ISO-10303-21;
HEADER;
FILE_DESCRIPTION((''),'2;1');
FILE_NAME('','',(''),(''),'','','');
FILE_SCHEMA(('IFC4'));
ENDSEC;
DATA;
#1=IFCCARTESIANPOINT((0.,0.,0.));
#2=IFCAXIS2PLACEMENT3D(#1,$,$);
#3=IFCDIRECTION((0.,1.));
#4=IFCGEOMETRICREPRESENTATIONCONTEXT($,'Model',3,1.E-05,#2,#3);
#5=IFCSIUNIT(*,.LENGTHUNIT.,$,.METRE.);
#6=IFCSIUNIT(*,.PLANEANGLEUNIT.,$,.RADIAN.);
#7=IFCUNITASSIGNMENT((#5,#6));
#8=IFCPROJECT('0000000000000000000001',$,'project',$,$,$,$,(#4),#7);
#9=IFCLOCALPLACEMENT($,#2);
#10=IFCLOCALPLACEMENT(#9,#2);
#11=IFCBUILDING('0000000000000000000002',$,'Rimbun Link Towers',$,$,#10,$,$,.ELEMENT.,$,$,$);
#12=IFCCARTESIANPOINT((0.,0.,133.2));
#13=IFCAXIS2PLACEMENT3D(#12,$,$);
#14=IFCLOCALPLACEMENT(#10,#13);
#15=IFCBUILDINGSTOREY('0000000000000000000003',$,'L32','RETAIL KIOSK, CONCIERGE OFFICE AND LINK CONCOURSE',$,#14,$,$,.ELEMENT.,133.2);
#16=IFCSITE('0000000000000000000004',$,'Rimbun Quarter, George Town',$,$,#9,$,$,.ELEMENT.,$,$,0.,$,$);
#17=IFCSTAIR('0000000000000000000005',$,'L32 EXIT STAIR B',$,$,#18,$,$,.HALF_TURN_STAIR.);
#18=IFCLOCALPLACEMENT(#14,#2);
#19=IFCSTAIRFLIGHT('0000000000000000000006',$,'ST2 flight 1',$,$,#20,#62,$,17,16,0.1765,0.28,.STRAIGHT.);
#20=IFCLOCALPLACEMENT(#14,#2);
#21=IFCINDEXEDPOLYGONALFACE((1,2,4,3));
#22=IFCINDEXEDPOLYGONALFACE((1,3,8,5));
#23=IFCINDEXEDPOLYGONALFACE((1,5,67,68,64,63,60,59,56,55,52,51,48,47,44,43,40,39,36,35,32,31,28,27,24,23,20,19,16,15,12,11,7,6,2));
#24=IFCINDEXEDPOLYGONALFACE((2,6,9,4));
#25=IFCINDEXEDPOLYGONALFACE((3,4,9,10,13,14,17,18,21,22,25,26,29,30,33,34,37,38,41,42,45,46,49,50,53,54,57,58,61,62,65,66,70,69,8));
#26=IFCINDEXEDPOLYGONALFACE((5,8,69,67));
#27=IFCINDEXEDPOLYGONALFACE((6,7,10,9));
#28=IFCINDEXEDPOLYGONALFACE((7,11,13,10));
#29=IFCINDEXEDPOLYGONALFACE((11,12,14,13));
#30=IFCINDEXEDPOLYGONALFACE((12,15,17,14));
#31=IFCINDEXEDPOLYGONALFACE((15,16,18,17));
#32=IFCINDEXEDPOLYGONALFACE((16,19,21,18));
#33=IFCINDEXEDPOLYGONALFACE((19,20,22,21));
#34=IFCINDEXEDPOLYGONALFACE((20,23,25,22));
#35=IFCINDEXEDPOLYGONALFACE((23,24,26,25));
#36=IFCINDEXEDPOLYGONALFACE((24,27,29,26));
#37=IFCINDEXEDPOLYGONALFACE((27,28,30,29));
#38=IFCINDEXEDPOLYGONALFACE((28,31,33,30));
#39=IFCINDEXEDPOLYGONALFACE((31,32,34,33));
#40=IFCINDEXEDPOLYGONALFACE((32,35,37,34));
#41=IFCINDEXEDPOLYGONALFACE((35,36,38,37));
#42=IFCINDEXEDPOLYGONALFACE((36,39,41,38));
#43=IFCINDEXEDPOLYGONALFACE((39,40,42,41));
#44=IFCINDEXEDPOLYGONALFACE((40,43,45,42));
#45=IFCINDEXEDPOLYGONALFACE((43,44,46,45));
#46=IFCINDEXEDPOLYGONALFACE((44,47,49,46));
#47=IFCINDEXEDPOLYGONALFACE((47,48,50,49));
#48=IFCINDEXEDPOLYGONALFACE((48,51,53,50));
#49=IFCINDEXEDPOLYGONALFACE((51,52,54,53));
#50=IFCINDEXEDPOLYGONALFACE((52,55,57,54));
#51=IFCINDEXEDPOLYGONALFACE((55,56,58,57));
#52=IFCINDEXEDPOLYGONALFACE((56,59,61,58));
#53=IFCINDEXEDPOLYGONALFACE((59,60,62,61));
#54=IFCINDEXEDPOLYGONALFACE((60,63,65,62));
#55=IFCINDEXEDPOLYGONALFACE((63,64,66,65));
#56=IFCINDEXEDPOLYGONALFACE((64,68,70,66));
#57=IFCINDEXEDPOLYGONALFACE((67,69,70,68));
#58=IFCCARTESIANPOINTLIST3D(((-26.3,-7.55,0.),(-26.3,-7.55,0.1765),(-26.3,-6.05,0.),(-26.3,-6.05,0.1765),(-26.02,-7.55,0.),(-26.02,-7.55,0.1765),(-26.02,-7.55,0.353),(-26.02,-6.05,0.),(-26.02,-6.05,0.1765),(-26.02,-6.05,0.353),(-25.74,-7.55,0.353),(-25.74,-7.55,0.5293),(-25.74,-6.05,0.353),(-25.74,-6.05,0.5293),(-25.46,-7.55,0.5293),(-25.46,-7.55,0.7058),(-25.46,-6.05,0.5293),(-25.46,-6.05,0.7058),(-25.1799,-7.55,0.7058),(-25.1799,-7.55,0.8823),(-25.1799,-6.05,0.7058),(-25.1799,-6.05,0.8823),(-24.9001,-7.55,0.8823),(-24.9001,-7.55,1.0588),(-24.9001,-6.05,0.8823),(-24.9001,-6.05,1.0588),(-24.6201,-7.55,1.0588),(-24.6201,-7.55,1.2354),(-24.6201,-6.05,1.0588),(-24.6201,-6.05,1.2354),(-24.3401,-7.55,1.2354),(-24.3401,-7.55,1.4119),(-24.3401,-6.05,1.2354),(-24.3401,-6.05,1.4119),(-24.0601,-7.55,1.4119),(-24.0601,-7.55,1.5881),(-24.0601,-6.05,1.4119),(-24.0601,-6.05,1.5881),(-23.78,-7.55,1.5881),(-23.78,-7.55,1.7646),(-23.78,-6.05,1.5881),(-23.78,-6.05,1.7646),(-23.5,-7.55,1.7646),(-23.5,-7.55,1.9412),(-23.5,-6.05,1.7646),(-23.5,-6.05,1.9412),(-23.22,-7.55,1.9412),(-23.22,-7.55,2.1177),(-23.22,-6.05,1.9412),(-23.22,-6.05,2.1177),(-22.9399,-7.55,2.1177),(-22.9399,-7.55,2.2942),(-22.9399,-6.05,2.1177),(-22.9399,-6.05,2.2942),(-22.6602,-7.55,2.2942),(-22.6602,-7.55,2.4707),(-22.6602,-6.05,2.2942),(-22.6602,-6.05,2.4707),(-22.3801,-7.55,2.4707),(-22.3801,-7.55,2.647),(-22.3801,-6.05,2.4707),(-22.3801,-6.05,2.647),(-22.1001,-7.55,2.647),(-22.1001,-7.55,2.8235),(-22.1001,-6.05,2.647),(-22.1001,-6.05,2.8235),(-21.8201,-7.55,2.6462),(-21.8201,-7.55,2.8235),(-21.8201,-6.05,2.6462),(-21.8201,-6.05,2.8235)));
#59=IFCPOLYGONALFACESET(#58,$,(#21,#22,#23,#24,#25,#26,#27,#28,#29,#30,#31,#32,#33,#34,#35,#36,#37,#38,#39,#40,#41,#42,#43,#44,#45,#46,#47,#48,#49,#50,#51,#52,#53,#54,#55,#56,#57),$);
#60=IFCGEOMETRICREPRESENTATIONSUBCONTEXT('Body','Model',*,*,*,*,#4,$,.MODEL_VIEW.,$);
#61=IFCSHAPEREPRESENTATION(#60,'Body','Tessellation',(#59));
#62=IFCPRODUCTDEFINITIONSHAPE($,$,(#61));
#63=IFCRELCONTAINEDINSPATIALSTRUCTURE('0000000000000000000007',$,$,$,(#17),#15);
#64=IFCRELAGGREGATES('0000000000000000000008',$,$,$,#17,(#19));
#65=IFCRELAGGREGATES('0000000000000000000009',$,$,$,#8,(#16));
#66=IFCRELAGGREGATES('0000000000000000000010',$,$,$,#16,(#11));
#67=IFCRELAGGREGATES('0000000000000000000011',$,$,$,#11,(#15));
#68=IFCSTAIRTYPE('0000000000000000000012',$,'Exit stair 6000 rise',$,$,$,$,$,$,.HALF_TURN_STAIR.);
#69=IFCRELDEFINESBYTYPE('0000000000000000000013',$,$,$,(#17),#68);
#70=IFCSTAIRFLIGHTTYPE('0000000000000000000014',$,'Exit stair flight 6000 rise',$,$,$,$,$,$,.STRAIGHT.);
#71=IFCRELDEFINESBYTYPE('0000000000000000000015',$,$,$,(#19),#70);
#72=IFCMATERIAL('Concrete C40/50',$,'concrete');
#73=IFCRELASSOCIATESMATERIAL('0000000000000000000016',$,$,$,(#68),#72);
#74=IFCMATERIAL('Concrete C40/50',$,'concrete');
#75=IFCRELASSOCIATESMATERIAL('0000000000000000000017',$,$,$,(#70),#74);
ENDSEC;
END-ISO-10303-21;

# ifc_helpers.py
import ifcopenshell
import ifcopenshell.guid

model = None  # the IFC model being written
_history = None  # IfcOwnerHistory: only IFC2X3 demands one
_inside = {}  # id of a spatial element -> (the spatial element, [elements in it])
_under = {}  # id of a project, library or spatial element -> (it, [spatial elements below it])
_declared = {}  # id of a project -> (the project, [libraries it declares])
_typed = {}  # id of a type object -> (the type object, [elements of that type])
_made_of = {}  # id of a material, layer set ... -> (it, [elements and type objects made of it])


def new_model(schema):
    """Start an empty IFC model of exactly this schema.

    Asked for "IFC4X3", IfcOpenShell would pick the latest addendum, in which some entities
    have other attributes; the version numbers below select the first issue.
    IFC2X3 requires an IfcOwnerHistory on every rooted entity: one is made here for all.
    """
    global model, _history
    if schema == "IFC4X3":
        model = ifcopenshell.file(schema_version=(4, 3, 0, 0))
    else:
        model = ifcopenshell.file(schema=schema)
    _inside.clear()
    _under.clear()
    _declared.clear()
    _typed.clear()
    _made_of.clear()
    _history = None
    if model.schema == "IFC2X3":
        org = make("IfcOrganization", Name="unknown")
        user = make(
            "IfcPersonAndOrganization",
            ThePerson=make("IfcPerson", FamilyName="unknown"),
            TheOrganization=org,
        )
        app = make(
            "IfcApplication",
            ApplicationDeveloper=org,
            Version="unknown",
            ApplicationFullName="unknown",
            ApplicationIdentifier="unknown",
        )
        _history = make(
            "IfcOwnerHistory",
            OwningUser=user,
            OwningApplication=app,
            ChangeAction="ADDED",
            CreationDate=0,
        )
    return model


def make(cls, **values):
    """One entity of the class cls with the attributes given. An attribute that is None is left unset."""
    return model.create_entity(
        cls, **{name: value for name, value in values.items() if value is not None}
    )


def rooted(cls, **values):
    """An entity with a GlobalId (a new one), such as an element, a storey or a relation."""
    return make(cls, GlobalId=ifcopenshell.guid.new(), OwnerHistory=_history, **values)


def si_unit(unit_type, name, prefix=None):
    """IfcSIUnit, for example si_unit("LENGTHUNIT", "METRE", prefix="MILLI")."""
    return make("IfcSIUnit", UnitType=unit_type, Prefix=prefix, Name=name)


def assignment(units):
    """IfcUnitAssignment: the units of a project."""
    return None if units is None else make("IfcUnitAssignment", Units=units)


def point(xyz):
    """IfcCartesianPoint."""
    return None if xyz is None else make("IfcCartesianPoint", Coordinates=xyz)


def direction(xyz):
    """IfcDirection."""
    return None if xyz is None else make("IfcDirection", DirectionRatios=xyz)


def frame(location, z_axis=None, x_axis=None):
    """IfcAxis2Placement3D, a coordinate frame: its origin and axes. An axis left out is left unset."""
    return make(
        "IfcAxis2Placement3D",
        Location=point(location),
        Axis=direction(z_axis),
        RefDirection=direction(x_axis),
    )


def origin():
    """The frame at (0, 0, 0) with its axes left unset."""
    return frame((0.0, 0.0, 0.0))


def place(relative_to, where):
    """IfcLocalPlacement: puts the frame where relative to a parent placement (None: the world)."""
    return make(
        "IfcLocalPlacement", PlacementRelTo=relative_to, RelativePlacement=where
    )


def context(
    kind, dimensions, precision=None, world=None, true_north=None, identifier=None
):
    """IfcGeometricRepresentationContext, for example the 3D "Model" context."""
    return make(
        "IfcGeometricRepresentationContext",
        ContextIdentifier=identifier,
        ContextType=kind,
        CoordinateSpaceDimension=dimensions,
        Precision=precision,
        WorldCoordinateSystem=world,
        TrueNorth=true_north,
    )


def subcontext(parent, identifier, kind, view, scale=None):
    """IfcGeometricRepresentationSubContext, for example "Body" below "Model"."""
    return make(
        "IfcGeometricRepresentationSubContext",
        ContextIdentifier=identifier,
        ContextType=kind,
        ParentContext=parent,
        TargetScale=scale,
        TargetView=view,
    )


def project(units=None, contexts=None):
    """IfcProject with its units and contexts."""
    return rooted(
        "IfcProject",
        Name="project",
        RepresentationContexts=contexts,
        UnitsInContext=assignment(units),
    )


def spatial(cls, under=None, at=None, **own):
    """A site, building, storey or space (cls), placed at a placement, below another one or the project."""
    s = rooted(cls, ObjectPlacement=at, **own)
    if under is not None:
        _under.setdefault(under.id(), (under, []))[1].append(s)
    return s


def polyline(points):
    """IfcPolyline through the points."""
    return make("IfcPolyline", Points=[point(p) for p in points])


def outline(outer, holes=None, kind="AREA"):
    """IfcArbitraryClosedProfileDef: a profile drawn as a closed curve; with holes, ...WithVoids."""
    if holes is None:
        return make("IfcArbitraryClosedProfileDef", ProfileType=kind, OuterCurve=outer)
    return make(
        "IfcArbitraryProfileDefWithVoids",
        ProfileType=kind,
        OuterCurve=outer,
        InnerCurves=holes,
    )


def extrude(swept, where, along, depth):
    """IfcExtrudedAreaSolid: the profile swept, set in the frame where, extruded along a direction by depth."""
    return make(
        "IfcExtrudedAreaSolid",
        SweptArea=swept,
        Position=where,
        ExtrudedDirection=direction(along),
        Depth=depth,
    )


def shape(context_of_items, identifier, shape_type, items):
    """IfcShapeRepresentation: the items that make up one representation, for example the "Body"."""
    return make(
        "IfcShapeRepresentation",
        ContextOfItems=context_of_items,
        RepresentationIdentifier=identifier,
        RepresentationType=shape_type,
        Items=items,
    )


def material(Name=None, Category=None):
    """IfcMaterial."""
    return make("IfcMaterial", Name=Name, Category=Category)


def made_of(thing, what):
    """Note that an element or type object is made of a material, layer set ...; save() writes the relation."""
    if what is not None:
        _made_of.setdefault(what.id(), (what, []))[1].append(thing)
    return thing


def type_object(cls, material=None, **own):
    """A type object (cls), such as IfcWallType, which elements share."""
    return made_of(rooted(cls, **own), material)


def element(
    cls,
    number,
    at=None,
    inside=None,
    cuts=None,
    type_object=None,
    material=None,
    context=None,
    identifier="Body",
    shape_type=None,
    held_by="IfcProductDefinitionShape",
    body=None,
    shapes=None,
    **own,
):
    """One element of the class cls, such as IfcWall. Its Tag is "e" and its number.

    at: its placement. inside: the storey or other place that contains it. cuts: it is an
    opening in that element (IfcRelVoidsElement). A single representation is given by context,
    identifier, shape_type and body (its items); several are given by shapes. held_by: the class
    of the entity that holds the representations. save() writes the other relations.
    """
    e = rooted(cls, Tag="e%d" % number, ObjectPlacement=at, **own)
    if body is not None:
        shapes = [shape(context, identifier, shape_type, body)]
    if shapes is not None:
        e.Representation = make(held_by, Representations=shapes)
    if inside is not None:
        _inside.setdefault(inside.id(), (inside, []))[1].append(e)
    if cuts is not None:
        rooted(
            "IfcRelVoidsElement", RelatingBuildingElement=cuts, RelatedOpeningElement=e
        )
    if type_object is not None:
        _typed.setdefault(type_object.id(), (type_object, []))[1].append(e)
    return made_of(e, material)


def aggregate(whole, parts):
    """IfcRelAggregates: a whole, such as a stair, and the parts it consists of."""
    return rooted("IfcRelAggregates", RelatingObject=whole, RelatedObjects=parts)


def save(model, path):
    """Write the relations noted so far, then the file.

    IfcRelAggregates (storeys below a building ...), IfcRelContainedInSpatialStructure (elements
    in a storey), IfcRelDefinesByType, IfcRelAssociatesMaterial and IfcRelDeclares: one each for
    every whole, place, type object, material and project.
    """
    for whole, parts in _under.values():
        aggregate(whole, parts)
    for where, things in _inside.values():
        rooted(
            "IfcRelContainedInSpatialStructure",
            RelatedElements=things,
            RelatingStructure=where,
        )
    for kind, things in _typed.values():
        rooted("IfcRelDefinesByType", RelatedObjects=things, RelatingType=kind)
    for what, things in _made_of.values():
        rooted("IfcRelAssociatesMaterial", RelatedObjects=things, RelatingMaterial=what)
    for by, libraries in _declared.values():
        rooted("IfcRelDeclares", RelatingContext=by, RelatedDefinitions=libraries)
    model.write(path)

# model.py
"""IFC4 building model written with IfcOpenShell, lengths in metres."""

from ifc_helpers import new_model, si_unit, direction, frame, origin, place, context, subcontext, project, spatial, polyline, outline, extrude, material, type_object, element, aggregate, save


model = new_model("IFC4")

# Units and contexts
model_context = context("Model", 3, precision=1e-05, world=origin(), true_north=direction((0.0, 1.0)))
body_context = subcontext(model_context, "Body", "Model", "MODEL_VIEW")
ifc_project = project(units=[si_unit("LENGTHUNIT", "METRE"), si_unit("PLANEANGLEUNIT", "RADIAN")], contexts=[model_context])

# Site, building, storey
site_placement = place(None, origin())
site = spatial("IfcSite", under=ifc_project, at=site_placement, Name="Rimbun Quarter, George Town", CompositionType="ELEMENT", RefElevation=0.0)
building_placement = place(site_placement, origin())
building = spatial("IfcBuilding", under=site, at=building_placement, Name="Rimbun Link Towers", CompositionType="ELEMENT")
storey_placement = place(building_placement, frame((0.0, 0.0, 133.2)))
storey = spatial("IfcBuildingStorey", under=building, at=storey_placement, Name="L32", Description="RETAIL KIOSK, CONCIERGE OFFICE AND LINK CONCOURSE", CompositionType="ELEMENT", Elevation=133.2)

# Stair, stair flight
ifc_material_1 = material(Name="Concrete C40/50", Category="concrete")
stair_type = type_object("IfcStairType", Name="Exit stair 6000 rise", PredefinedType="HALF_TURN_STAIR", material=ifc_material_1)
stair_placement = place(storey_placement, origin())
stair = element("IfcStair", 1, at=stair_placement, inside=storey, type_object=stair_type, Name="L32 EXIT STAIR B", PredefinedType="HALF_TURN_STAIR")
ifc_material_2 = material(Name="Concrete C40/50", Category="concrete")
stair_flight_type = type_object("IfcStairFlightType", Name="Exit stair flight 6000 rise", PredefinedType="STRAIGHT", material=ifc_material_2)
stair_flight_placement = place(storey_placement, frame((-26.3, -6.8, 0.0), z_axis=(0.0, 0.0, 1.0), x_axis=(1.0, 0.0, 0.0)))
stair_flight = element("IfcStairFlight", 2, at=stair_flight_placement, type_object=stair_flight_type, Name="ST2 flight 1", NumberOfRisers=17, NumberOfTreads=16, PredefinedType="STRAIGHT", RiserHeight=0.1765, TreadLength=0.28, context=body_context, shape_type="SweptSolid", body=[
    extrude(outline(polyline([(0.0, 0.0), (0.0, 0.1765), (0.28, 0.1765), (0.28, 0.353), (0.5601, 0.353), (0.5601, 0.5293), (0.8401, 0.5293), (0.8401, 0.7058), (1.1201, 0.7058), (1.1201, 0.8823), (1.3999, 0.8823), (1.3999, 1.0588), (1.6799, 1.0588), (1.6799, 1.2354), (1.96, 1.2354), (1.96, 1.4119), (2.24, 1.4119), (2.24, 1.5881), (2.52, 1.5881), (2.52, 1.7646), (2.8, 1.7646), (2.8, 1.9412), (3.0801, 1.9412), (3.0801, 2.1177), (3.3601, 2.1177), (3.3601, 2.2942), (3.6399, 2.2942), (3.6399, 2.4707), (3.9199, 2.4707), (3.9199, 2.647), (4.2, 2.647), (4.2, 2.8235), (4.48, 2.8235), (4.48, 3.0), (4.48, 2.6462), (0.28, 0.0), (0.0, 0.0)])), frame((0.0, 0.75, 0.0), z_axis=(0.0, -1.0, 0.0), x_axis=(1.0, 0.0, 0.0)), (0.0, 0.0, 1.0), 1.5),
])
aggregate(stair, [stair_flight])

save(model, "model.ifc")
